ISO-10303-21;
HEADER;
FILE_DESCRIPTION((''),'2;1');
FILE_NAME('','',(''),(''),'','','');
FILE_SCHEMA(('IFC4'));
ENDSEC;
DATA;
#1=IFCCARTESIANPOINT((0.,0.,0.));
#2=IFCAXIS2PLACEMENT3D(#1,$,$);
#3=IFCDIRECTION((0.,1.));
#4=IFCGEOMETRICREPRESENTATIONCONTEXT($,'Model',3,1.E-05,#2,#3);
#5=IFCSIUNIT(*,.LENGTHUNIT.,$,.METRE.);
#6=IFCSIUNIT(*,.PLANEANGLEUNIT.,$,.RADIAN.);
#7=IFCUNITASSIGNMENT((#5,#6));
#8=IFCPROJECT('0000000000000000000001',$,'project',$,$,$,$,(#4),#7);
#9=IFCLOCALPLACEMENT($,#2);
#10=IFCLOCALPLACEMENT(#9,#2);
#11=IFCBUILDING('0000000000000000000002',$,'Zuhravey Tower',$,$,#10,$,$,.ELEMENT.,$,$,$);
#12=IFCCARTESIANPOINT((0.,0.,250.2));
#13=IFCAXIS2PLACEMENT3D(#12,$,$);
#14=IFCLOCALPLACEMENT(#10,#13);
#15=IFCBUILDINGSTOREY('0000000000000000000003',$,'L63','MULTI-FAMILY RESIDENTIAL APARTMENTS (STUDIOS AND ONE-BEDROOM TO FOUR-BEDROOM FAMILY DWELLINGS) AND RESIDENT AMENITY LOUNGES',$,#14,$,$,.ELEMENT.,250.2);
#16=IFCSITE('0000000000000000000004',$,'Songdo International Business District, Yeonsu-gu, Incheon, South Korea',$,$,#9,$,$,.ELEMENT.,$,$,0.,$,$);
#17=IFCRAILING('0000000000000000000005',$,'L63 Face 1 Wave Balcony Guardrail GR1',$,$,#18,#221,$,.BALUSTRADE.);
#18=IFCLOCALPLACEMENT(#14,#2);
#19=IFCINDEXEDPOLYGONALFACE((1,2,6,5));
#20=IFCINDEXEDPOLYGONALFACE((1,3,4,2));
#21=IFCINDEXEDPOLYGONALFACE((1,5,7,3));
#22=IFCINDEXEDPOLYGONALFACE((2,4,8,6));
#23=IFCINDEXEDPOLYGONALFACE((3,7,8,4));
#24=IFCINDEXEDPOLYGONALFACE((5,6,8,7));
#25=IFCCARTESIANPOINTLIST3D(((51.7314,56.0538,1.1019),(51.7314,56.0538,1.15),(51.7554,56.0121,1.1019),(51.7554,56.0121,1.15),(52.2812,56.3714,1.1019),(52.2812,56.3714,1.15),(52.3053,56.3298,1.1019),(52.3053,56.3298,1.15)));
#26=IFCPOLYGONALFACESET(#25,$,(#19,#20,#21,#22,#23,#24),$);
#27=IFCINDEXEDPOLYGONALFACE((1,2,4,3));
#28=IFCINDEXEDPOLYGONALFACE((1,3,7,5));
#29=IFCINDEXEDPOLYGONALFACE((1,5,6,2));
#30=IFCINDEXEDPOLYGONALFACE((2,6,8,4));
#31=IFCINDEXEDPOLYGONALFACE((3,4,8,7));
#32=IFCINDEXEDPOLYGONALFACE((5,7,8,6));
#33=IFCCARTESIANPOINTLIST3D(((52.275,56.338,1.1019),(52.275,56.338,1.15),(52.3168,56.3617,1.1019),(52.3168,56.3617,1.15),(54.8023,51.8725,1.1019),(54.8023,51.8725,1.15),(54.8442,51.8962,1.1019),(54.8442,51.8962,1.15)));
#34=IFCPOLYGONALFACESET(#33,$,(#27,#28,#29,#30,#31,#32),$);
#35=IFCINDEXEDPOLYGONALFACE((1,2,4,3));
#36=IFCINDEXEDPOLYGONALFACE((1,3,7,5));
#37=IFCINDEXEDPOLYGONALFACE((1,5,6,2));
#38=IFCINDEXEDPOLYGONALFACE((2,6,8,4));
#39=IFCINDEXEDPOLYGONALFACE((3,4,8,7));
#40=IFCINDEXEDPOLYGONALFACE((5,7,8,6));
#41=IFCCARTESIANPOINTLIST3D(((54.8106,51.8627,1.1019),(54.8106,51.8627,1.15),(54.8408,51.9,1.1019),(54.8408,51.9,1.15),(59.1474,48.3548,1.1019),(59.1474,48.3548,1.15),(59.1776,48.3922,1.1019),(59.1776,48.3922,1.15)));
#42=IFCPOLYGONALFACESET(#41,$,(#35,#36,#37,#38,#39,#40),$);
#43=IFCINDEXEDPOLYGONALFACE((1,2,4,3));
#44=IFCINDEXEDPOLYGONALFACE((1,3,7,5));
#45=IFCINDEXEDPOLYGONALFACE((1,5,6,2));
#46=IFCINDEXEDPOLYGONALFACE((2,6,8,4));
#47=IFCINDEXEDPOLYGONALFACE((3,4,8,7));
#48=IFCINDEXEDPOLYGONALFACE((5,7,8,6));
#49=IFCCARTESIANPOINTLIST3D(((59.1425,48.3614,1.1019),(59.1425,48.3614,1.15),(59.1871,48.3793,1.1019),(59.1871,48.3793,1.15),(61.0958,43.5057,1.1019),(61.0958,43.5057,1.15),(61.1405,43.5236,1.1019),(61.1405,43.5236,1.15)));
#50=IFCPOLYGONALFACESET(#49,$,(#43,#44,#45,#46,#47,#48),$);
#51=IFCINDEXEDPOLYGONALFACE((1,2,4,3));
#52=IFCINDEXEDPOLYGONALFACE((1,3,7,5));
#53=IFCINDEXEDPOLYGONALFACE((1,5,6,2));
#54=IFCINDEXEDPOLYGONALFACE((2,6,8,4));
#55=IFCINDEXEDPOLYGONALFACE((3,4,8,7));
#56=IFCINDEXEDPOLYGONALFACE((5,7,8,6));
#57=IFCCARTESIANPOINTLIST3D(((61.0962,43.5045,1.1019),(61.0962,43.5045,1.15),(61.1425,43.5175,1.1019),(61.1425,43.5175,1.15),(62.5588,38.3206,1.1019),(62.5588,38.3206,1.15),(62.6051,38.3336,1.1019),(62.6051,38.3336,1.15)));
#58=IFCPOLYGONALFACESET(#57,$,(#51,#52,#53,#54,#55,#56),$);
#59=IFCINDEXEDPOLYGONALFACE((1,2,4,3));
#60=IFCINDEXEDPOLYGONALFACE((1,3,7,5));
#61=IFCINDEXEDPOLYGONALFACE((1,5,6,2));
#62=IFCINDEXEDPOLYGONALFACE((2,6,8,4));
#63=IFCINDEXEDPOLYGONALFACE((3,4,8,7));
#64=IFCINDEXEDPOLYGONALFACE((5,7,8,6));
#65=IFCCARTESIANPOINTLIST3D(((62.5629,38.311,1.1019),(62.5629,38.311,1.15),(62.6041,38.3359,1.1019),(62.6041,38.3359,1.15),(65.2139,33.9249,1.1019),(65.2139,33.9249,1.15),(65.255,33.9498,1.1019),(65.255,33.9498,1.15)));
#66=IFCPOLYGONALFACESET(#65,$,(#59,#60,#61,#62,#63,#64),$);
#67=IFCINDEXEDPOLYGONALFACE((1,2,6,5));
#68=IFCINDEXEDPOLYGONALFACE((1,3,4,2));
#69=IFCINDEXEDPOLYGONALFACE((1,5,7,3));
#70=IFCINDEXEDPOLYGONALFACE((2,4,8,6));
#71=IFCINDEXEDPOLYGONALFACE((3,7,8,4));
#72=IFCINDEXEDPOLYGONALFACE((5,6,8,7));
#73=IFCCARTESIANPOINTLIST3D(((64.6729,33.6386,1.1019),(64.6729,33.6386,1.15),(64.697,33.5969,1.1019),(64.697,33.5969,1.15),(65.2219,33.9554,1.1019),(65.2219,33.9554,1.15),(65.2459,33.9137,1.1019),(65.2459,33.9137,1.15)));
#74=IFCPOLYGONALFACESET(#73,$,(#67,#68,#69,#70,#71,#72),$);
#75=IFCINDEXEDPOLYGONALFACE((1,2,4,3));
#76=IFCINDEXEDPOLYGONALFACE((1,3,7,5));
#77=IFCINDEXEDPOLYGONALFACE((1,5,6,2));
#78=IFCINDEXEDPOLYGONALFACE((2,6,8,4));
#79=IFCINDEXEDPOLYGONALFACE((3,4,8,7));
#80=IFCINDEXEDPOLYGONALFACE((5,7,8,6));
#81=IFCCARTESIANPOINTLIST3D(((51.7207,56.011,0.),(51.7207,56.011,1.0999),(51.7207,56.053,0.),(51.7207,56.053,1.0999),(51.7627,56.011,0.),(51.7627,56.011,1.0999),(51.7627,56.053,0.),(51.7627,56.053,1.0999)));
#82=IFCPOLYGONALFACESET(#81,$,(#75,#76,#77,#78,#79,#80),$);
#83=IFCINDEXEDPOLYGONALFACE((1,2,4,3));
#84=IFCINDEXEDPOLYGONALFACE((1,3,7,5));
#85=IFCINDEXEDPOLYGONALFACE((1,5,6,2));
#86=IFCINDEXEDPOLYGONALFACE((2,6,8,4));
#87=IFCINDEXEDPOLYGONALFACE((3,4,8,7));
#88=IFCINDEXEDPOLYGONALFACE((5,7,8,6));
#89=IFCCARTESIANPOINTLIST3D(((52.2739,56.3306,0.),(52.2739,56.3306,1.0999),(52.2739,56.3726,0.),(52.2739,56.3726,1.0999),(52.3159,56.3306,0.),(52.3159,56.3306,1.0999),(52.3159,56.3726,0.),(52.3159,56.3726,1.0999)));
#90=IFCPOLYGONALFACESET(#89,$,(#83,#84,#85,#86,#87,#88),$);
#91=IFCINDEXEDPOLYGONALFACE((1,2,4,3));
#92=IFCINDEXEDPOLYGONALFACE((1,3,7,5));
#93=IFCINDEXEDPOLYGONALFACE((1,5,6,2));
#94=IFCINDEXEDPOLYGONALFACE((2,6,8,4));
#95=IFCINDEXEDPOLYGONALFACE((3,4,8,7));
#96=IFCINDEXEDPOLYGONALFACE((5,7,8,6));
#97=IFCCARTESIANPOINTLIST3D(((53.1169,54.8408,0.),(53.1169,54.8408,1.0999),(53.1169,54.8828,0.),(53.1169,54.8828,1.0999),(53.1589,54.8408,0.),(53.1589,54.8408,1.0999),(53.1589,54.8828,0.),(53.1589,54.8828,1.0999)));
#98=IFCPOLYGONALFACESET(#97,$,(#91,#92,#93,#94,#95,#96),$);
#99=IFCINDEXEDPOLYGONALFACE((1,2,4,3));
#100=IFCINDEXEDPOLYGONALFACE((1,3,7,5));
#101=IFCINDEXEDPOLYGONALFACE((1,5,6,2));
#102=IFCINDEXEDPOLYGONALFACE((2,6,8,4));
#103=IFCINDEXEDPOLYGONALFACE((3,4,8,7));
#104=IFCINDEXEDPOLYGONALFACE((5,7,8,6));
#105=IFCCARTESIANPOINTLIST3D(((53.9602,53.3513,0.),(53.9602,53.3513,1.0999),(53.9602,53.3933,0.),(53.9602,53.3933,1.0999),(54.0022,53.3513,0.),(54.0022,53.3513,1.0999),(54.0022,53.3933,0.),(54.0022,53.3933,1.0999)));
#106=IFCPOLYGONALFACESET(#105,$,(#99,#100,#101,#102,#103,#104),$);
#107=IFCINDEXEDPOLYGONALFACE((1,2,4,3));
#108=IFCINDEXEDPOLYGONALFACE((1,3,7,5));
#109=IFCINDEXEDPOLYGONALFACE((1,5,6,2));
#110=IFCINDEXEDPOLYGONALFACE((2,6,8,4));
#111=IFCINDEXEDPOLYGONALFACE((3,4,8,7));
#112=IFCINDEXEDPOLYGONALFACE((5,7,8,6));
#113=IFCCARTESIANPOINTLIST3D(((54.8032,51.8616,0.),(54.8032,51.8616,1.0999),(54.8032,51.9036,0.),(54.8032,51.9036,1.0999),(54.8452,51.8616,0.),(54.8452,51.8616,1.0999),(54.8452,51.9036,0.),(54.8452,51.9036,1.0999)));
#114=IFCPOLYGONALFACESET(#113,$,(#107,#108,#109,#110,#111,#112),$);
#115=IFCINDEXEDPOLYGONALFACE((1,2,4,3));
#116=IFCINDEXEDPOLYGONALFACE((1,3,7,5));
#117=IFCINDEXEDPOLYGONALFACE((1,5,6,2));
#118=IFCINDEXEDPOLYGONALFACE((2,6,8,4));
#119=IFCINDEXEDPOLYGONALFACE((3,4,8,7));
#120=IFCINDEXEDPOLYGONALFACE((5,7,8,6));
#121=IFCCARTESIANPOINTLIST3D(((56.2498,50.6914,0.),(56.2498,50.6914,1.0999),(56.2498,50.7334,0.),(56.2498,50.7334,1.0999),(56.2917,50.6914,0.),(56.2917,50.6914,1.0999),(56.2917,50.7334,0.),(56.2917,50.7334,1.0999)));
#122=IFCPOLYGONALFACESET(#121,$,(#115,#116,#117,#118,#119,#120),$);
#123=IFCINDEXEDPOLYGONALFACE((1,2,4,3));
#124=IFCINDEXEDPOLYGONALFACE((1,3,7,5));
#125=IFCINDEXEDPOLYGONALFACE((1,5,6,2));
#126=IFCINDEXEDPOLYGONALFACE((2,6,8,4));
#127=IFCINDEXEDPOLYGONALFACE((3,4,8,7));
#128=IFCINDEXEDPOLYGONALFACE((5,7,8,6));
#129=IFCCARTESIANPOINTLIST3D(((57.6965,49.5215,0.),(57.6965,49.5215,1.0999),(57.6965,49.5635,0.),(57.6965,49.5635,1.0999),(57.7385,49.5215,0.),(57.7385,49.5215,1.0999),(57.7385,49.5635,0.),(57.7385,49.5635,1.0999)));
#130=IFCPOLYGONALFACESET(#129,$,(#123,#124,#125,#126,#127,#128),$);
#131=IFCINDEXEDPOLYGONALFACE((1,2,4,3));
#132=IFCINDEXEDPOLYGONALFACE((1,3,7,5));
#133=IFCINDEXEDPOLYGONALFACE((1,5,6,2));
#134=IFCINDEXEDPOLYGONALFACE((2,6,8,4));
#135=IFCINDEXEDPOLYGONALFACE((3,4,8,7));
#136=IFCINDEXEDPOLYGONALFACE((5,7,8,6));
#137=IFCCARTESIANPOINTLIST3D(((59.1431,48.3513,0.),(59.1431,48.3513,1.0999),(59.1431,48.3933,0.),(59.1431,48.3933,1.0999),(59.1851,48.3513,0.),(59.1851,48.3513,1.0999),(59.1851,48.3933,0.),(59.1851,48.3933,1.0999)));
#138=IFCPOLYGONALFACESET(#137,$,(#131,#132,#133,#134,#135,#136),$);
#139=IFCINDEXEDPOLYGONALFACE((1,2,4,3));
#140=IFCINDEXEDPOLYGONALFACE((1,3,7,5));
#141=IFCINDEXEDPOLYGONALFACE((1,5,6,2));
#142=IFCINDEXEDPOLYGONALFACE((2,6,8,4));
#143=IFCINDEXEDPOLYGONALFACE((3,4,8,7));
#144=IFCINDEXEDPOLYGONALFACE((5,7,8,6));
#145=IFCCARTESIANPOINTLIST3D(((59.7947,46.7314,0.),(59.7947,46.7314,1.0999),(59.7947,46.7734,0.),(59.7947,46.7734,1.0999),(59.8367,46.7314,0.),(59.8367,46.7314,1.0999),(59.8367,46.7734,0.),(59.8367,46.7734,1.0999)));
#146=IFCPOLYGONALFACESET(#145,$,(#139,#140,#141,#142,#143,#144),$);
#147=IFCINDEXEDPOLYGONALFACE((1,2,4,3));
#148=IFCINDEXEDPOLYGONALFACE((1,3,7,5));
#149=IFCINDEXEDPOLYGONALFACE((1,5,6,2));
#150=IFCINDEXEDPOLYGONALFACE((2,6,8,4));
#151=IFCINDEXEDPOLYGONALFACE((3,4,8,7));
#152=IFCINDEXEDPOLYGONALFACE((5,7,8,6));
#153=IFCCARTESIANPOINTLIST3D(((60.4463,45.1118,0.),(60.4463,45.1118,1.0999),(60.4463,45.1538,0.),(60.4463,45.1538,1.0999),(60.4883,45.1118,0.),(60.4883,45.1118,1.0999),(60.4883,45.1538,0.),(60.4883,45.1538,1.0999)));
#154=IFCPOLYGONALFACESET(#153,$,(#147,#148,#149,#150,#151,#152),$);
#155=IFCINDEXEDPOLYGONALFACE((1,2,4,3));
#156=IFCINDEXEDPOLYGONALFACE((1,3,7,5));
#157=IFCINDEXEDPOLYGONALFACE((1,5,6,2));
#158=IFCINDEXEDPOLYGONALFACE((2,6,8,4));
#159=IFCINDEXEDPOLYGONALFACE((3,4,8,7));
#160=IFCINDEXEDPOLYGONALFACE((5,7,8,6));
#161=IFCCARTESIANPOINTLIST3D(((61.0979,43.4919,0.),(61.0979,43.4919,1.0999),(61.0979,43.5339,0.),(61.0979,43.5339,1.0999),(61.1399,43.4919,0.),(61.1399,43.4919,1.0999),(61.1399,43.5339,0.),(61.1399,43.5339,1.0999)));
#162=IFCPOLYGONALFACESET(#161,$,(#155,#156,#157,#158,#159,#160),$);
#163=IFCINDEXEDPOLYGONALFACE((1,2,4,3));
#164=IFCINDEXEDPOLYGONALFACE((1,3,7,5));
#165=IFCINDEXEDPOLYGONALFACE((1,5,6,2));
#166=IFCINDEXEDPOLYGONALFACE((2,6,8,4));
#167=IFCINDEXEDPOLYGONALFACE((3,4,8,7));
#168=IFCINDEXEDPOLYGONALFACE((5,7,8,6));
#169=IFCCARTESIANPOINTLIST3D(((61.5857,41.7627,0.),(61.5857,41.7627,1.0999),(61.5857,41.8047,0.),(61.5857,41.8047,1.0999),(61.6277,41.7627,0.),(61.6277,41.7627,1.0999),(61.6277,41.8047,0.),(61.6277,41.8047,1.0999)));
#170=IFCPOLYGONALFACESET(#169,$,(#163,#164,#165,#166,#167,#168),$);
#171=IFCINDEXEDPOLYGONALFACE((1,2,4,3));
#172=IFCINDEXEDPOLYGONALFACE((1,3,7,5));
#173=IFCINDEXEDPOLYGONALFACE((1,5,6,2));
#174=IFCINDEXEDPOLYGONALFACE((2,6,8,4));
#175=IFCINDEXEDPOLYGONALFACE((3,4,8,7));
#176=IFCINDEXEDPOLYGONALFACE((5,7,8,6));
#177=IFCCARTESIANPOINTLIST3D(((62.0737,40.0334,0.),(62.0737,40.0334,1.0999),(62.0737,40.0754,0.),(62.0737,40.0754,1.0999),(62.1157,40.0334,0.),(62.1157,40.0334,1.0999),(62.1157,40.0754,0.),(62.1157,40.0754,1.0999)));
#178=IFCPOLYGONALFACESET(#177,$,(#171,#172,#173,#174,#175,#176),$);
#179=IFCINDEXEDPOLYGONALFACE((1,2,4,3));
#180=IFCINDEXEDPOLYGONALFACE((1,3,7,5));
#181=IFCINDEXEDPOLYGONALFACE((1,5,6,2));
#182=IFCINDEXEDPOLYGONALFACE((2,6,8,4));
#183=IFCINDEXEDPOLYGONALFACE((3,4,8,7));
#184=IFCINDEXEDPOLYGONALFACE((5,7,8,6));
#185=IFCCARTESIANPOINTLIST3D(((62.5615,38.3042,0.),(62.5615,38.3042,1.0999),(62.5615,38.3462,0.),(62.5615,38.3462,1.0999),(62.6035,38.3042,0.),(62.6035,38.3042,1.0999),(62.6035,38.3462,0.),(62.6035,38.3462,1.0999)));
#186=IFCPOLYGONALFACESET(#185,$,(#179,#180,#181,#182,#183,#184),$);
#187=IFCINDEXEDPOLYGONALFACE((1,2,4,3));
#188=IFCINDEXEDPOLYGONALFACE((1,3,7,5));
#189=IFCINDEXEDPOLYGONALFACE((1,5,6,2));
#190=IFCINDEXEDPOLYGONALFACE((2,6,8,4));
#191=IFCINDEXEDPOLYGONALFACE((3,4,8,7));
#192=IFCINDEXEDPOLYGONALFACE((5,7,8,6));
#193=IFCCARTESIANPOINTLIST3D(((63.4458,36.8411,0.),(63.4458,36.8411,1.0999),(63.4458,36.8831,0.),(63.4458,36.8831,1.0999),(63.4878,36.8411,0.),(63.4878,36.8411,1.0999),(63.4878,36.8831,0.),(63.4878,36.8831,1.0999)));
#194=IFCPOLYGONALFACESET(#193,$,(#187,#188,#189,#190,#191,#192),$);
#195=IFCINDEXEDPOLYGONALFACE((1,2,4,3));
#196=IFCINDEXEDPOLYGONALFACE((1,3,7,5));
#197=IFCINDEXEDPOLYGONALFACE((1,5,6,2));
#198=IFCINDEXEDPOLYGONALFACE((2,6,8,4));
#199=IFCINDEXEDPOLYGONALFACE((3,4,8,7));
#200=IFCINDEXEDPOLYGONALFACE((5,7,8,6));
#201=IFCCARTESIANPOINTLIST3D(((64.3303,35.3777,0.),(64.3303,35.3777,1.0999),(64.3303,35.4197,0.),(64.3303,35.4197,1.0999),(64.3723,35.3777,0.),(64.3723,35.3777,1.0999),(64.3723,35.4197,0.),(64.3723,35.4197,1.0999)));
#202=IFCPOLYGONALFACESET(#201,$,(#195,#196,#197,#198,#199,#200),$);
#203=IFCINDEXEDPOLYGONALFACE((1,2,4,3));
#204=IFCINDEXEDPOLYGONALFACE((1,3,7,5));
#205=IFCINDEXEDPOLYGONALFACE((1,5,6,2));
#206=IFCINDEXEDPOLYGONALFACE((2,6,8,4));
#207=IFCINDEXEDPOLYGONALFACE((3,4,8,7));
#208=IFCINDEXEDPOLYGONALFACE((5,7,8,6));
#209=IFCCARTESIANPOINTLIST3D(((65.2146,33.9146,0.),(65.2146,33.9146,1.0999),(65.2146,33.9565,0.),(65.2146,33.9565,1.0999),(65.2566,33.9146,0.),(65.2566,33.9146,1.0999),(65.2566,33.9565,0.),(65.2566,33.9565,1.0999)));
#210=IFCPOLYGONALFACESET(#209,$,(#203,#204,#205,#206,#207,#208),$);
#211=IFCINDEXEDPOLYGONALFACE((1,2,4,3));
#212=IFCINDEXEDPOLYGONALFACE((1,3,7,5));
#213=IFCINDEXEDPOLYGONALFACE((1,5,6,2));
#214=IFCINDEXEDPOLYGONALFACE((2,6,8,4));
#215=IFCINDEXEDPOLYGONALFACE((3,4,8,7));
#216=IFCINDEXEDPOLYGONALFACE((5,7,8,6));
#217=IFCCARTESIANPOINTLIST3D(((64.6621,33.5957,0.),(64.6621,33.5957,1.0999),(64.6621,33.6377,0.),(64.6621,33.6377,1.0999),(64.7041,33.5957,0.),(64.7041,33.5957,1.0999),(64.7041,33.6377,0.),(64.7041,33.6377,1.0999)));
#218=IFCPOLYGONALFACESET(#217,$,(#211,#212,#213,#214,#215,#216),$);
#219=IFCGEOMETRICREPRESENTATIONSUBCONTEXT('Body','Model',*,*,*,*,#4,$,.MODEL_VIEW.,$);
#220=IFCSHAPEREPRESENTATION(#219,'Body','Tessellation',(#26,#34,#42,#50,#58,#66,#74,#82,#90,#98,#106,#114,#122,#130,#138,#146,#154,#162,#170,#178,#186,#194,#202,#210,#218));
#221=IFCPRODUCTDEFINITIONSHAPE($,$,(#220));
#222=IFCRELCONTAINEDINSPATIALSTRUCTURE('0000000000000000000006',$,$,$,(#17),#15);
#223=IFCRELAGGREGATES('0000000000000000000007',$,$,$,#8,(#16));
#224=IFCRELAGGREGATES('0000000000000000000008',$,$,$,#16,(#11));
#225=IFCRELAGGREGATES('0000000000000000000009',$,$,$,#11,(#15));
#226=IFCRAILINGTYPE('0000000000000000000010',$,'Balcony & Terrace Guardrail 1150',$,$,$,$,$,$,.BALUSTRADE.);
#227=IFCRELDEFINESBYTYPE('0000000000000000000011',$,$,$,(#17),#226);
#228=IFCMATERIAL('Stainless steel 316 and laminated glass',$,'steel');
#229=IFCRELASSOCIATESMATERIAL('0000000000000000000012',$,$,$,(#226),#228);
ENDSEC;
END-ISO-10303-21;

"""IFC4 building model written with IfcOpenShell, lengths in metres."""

from ifc_helpers import new_model, si_unit, direction, frame, origin, origin_2d, place, context, subcontext, project, spatial, rectangle, extrude, material, type_object, element, save


model = new_model("IFC4")

# Units and contexts
model_context = context("Model", 3, precision=1e-05, world=origin(), true_north=direction((0.0, 1.0)))
body_context = subcontext(model_context, "Body", "Model", "MODEL_VIEW")
ifc_project = project(units=[si_unit("LENGTHUNIT", "METRE"), si_unit("PLANEANGLEUNIT", "RADIAN")], contexts=[model_context])

# Site, building, storey
site_placement = place(None, origin())
site = spatial("IfcSite", under=ifc_project, at=site_placement, Name="Songdo International Business District, Yeonsu-gu, Incheon, South Korea", CompositionType="ELEMENT", RefElevation=0.0)
building_placement = place(site_placement, origin())
building = spatial("IfcBuilding", under=site, at=building_placement, Name="Zuhravey Tower", CompositionType="ELEMENT")
storey_placement = place(building_placement, frame((0.0, 0.0, 250.2)))
storey = spatial("IfcBuildingStorey", under=building, at=storey_placement, Name="L63", Description="MULTI-FAMILY RESIDENTIAL APARTMENTS (STUDIOS AND ONE-BEDROOM TO FOUR-BEDROOM FAMILY DWELLINGS) AND RESIDENT AMENITY LOUNGES", CompositionType="ELEMENT", Elevation=250.2)

# Railing
ifc_material_1 = material(Name="Stainless steel 316 and laminated glass", Category="steel")
railing_type = type_object("IfcRailingType", Name="Balcony & Terrace Guardrail 1150", PredefinedType="BALUSTRADE", material=ifc_material_1)
railing_placement = place(storey_placement, frame((51.7417, 56.032, 0.0)))
element("IfcRailing", 1, at=railing_placement, inside=storey, type_object=railing_type, Name="L63 Face 1 Wave Balcony Guardrail GR1", PredefinedType="BALUSTRADE", context=body_context, shape_type="SweptSolid", body=[
    extrude(rectangle(XDim=0.0481, YDim=0.0481, at=origin_2d()), frame((0.0017, 0.001, 1.126), z_axis=(0.865906, 0.500208, 0.0), x_axis=(-0.500208, 0.865906, 0.0)), (0.0, 0.0, 1.0), 0.635),
    extrude(rectangle(XDim=0.0481, YDim=0.0481, at=origin_2d()), frame((0.5542, 0.3179, 1.126), z_axis=(0.492551, -0.870284, 0.0), x_axis=(0.870284, 0.492551, 0.0)), (0.0, 0.0, 1.0), 5.1311),
    extrude(rectangle(XDim=0.0481, YDim=0.0481, at=origin_2d()), frame((3.084, -4.1506, 1.126), z_axis=(0.777504, -0.628879, 0.0), x_axis=(0.628879, 0.777504, 0.0)), (0.0, 0.0, 1.0), 5.5779),
    extrude(rectangle(XDim=0.0481, YDim=0.0481, at=origin_2d()), frame((7.4231, -7.6616, 1.126), z_axis=(0.373214, -0.927745, 0.0), x_axis=(0.927745, 0.373214, 0.0)), (0.0, 0.0, 1.0), 5.2339),
    extrude(rectangle(XDim=0.0481, YDim=0.0481, at=origin_2d()), frame((9.3777, -12.521, 1.126), z_axis=(0.271531, -0.96243, 0.0), x_axis=(0.96243, 0.271531, 0.0)), (0.0, 0.0, 1.0), 5.3862),
    extrude(rectangle(XDim=0.0481, YDim=0.0481, at=origin_2d()), frame((10.8418, -17.7085, 1.126), z_axis=(0.517258, -0.85583, 0.0), x_axis=(0.85583, 0.517258, 0.0)), (0.0, 0.0, 1.0), 5.125),
    extrude(rectangle(XDim=0.0481, YDim=0.0481, at=origin_2d()), frame((13.4922, -22.0974, 1.126), z_axis=(-0.866115, -0.499844, 0.0), x_axis=(0.499844, -0.866115, 0.0)), (0.0, 0.0, 1.0), 0.6338),
    extrude(rectangle(XDim=0.042, YDim=0.042, at=origin_2d()), origin(), (0.0, 0.0, 1.0), 1.0999),
    extrude(rectangle(XDim=0.042, YDim=0.042, at=origin_2d()), frame((0.5532, 0.3196, 0.0)), (0.0, 0.0, 1.0), 1.0999),
    extrude(rectangle(XDim=0.042, YDim=0.042, at=origin_2d()), frame((1.3962, -1.1702, 0.0)), (0.0, 0.0, 1.0), 1.0999),
    extrude(rectangle(XDim=0.042, YDim=0.042, at=origin_2d()), frame((2.2395, -2.6597, 0.0)), (0.0, 0.0, 1.0), 1.0999),
    extrude(rectangle(XDim=0.042, YDim=0.042, at=origin_2d()), frame((3.0825, -4.1494, 0.0)), (0.0, 0.0, 1.0), 1.0999),
    extrude(rectangle(XDim=0.042, YDim=0.042, at=origin_2d()), frame((4.5291, -5.3196, 0.0)), (0.0, 0.0, 1.0), 1.0999),
    extrude(rectangle(XDim=0.042, YDim=0.042, at=origin_2d()), frame((5.9758, -6.4895, 0.0)), (0.0, 0.0, 1.0), 1.0999),
    extrude(rectangle(XDim=0.042, YDim=0.042, at=origin_2d()), frame((7.4224, -7.6597, 0.0)), (0.0, 0.0, 1.0), 1.0999),
    extrude(rectangle(XDim=0.042, YDim=0.042, at=origin_2d()), frame((8.074, -9.2795, 0.0)), (0.0, 0.0, 1.0), 1.0999),
    extrude(rectangle(XDim=0.042, YDim=0.042, at=origin_2d()), frame((8.7256, -10.8992, 0.0)), (0.0, 0.0, 1.0), 1.0999),
    extrude(rectangle(XDim=0.042, YDim=0.042, at=origin_2d()), frame((9.3772, -12.519, 0.0)), (0.0, 0.0, 1.0), 1.0999),
    extrude(rectangle(XDim=0.042, YDim=0.042, at=origin_2d()), frame((9.865, -14.2483, 0.0)), (0.0, 0.0, 1.0), 1.0999),
    extrude(rectangle(XDim=0.042, YDim=0.042, at=origin_2d()), frame((10.353, -15.9775, 0.0)), (0.0, 0.0, 1.0), 1.0999),
    extrude(rectangle(XDim=0.042, YDim=0.042, at=origin_2d()), frame((10.8408, -17.7068, 0.0)), (0.0, 0.0, 1.0), 1.0999),
    extrude(rectangle(XDim=0.042, YDim=0.042, at=origin_2d()), frame((11.7251, -19.1699, 0.0)), (0.0, 0.0, 1.0), 1.0999),
    extrude(rectangle(XDim=0.042, YDim=0.042, at=origin_2d()), frame((12.6096, -20.6333, 0.0)), (0.0, 0.0, 1.0), 1.0999),
    extrude(rectangle(XDim=0.042, YDim=0.042, at=origin_2d()), frame((13.4939, -22.0964, 0.0)), (0.0, 0.0, 1.0), 1.0999),
    extrude(rectangle(XDim=0.042, YDim=0.042, at=origin_2d()), frame((12.9414, -22.4153, 0.0)), (0.0, 0.0, 1.0), 1.0999),
])

save(model, "model.ifc")
